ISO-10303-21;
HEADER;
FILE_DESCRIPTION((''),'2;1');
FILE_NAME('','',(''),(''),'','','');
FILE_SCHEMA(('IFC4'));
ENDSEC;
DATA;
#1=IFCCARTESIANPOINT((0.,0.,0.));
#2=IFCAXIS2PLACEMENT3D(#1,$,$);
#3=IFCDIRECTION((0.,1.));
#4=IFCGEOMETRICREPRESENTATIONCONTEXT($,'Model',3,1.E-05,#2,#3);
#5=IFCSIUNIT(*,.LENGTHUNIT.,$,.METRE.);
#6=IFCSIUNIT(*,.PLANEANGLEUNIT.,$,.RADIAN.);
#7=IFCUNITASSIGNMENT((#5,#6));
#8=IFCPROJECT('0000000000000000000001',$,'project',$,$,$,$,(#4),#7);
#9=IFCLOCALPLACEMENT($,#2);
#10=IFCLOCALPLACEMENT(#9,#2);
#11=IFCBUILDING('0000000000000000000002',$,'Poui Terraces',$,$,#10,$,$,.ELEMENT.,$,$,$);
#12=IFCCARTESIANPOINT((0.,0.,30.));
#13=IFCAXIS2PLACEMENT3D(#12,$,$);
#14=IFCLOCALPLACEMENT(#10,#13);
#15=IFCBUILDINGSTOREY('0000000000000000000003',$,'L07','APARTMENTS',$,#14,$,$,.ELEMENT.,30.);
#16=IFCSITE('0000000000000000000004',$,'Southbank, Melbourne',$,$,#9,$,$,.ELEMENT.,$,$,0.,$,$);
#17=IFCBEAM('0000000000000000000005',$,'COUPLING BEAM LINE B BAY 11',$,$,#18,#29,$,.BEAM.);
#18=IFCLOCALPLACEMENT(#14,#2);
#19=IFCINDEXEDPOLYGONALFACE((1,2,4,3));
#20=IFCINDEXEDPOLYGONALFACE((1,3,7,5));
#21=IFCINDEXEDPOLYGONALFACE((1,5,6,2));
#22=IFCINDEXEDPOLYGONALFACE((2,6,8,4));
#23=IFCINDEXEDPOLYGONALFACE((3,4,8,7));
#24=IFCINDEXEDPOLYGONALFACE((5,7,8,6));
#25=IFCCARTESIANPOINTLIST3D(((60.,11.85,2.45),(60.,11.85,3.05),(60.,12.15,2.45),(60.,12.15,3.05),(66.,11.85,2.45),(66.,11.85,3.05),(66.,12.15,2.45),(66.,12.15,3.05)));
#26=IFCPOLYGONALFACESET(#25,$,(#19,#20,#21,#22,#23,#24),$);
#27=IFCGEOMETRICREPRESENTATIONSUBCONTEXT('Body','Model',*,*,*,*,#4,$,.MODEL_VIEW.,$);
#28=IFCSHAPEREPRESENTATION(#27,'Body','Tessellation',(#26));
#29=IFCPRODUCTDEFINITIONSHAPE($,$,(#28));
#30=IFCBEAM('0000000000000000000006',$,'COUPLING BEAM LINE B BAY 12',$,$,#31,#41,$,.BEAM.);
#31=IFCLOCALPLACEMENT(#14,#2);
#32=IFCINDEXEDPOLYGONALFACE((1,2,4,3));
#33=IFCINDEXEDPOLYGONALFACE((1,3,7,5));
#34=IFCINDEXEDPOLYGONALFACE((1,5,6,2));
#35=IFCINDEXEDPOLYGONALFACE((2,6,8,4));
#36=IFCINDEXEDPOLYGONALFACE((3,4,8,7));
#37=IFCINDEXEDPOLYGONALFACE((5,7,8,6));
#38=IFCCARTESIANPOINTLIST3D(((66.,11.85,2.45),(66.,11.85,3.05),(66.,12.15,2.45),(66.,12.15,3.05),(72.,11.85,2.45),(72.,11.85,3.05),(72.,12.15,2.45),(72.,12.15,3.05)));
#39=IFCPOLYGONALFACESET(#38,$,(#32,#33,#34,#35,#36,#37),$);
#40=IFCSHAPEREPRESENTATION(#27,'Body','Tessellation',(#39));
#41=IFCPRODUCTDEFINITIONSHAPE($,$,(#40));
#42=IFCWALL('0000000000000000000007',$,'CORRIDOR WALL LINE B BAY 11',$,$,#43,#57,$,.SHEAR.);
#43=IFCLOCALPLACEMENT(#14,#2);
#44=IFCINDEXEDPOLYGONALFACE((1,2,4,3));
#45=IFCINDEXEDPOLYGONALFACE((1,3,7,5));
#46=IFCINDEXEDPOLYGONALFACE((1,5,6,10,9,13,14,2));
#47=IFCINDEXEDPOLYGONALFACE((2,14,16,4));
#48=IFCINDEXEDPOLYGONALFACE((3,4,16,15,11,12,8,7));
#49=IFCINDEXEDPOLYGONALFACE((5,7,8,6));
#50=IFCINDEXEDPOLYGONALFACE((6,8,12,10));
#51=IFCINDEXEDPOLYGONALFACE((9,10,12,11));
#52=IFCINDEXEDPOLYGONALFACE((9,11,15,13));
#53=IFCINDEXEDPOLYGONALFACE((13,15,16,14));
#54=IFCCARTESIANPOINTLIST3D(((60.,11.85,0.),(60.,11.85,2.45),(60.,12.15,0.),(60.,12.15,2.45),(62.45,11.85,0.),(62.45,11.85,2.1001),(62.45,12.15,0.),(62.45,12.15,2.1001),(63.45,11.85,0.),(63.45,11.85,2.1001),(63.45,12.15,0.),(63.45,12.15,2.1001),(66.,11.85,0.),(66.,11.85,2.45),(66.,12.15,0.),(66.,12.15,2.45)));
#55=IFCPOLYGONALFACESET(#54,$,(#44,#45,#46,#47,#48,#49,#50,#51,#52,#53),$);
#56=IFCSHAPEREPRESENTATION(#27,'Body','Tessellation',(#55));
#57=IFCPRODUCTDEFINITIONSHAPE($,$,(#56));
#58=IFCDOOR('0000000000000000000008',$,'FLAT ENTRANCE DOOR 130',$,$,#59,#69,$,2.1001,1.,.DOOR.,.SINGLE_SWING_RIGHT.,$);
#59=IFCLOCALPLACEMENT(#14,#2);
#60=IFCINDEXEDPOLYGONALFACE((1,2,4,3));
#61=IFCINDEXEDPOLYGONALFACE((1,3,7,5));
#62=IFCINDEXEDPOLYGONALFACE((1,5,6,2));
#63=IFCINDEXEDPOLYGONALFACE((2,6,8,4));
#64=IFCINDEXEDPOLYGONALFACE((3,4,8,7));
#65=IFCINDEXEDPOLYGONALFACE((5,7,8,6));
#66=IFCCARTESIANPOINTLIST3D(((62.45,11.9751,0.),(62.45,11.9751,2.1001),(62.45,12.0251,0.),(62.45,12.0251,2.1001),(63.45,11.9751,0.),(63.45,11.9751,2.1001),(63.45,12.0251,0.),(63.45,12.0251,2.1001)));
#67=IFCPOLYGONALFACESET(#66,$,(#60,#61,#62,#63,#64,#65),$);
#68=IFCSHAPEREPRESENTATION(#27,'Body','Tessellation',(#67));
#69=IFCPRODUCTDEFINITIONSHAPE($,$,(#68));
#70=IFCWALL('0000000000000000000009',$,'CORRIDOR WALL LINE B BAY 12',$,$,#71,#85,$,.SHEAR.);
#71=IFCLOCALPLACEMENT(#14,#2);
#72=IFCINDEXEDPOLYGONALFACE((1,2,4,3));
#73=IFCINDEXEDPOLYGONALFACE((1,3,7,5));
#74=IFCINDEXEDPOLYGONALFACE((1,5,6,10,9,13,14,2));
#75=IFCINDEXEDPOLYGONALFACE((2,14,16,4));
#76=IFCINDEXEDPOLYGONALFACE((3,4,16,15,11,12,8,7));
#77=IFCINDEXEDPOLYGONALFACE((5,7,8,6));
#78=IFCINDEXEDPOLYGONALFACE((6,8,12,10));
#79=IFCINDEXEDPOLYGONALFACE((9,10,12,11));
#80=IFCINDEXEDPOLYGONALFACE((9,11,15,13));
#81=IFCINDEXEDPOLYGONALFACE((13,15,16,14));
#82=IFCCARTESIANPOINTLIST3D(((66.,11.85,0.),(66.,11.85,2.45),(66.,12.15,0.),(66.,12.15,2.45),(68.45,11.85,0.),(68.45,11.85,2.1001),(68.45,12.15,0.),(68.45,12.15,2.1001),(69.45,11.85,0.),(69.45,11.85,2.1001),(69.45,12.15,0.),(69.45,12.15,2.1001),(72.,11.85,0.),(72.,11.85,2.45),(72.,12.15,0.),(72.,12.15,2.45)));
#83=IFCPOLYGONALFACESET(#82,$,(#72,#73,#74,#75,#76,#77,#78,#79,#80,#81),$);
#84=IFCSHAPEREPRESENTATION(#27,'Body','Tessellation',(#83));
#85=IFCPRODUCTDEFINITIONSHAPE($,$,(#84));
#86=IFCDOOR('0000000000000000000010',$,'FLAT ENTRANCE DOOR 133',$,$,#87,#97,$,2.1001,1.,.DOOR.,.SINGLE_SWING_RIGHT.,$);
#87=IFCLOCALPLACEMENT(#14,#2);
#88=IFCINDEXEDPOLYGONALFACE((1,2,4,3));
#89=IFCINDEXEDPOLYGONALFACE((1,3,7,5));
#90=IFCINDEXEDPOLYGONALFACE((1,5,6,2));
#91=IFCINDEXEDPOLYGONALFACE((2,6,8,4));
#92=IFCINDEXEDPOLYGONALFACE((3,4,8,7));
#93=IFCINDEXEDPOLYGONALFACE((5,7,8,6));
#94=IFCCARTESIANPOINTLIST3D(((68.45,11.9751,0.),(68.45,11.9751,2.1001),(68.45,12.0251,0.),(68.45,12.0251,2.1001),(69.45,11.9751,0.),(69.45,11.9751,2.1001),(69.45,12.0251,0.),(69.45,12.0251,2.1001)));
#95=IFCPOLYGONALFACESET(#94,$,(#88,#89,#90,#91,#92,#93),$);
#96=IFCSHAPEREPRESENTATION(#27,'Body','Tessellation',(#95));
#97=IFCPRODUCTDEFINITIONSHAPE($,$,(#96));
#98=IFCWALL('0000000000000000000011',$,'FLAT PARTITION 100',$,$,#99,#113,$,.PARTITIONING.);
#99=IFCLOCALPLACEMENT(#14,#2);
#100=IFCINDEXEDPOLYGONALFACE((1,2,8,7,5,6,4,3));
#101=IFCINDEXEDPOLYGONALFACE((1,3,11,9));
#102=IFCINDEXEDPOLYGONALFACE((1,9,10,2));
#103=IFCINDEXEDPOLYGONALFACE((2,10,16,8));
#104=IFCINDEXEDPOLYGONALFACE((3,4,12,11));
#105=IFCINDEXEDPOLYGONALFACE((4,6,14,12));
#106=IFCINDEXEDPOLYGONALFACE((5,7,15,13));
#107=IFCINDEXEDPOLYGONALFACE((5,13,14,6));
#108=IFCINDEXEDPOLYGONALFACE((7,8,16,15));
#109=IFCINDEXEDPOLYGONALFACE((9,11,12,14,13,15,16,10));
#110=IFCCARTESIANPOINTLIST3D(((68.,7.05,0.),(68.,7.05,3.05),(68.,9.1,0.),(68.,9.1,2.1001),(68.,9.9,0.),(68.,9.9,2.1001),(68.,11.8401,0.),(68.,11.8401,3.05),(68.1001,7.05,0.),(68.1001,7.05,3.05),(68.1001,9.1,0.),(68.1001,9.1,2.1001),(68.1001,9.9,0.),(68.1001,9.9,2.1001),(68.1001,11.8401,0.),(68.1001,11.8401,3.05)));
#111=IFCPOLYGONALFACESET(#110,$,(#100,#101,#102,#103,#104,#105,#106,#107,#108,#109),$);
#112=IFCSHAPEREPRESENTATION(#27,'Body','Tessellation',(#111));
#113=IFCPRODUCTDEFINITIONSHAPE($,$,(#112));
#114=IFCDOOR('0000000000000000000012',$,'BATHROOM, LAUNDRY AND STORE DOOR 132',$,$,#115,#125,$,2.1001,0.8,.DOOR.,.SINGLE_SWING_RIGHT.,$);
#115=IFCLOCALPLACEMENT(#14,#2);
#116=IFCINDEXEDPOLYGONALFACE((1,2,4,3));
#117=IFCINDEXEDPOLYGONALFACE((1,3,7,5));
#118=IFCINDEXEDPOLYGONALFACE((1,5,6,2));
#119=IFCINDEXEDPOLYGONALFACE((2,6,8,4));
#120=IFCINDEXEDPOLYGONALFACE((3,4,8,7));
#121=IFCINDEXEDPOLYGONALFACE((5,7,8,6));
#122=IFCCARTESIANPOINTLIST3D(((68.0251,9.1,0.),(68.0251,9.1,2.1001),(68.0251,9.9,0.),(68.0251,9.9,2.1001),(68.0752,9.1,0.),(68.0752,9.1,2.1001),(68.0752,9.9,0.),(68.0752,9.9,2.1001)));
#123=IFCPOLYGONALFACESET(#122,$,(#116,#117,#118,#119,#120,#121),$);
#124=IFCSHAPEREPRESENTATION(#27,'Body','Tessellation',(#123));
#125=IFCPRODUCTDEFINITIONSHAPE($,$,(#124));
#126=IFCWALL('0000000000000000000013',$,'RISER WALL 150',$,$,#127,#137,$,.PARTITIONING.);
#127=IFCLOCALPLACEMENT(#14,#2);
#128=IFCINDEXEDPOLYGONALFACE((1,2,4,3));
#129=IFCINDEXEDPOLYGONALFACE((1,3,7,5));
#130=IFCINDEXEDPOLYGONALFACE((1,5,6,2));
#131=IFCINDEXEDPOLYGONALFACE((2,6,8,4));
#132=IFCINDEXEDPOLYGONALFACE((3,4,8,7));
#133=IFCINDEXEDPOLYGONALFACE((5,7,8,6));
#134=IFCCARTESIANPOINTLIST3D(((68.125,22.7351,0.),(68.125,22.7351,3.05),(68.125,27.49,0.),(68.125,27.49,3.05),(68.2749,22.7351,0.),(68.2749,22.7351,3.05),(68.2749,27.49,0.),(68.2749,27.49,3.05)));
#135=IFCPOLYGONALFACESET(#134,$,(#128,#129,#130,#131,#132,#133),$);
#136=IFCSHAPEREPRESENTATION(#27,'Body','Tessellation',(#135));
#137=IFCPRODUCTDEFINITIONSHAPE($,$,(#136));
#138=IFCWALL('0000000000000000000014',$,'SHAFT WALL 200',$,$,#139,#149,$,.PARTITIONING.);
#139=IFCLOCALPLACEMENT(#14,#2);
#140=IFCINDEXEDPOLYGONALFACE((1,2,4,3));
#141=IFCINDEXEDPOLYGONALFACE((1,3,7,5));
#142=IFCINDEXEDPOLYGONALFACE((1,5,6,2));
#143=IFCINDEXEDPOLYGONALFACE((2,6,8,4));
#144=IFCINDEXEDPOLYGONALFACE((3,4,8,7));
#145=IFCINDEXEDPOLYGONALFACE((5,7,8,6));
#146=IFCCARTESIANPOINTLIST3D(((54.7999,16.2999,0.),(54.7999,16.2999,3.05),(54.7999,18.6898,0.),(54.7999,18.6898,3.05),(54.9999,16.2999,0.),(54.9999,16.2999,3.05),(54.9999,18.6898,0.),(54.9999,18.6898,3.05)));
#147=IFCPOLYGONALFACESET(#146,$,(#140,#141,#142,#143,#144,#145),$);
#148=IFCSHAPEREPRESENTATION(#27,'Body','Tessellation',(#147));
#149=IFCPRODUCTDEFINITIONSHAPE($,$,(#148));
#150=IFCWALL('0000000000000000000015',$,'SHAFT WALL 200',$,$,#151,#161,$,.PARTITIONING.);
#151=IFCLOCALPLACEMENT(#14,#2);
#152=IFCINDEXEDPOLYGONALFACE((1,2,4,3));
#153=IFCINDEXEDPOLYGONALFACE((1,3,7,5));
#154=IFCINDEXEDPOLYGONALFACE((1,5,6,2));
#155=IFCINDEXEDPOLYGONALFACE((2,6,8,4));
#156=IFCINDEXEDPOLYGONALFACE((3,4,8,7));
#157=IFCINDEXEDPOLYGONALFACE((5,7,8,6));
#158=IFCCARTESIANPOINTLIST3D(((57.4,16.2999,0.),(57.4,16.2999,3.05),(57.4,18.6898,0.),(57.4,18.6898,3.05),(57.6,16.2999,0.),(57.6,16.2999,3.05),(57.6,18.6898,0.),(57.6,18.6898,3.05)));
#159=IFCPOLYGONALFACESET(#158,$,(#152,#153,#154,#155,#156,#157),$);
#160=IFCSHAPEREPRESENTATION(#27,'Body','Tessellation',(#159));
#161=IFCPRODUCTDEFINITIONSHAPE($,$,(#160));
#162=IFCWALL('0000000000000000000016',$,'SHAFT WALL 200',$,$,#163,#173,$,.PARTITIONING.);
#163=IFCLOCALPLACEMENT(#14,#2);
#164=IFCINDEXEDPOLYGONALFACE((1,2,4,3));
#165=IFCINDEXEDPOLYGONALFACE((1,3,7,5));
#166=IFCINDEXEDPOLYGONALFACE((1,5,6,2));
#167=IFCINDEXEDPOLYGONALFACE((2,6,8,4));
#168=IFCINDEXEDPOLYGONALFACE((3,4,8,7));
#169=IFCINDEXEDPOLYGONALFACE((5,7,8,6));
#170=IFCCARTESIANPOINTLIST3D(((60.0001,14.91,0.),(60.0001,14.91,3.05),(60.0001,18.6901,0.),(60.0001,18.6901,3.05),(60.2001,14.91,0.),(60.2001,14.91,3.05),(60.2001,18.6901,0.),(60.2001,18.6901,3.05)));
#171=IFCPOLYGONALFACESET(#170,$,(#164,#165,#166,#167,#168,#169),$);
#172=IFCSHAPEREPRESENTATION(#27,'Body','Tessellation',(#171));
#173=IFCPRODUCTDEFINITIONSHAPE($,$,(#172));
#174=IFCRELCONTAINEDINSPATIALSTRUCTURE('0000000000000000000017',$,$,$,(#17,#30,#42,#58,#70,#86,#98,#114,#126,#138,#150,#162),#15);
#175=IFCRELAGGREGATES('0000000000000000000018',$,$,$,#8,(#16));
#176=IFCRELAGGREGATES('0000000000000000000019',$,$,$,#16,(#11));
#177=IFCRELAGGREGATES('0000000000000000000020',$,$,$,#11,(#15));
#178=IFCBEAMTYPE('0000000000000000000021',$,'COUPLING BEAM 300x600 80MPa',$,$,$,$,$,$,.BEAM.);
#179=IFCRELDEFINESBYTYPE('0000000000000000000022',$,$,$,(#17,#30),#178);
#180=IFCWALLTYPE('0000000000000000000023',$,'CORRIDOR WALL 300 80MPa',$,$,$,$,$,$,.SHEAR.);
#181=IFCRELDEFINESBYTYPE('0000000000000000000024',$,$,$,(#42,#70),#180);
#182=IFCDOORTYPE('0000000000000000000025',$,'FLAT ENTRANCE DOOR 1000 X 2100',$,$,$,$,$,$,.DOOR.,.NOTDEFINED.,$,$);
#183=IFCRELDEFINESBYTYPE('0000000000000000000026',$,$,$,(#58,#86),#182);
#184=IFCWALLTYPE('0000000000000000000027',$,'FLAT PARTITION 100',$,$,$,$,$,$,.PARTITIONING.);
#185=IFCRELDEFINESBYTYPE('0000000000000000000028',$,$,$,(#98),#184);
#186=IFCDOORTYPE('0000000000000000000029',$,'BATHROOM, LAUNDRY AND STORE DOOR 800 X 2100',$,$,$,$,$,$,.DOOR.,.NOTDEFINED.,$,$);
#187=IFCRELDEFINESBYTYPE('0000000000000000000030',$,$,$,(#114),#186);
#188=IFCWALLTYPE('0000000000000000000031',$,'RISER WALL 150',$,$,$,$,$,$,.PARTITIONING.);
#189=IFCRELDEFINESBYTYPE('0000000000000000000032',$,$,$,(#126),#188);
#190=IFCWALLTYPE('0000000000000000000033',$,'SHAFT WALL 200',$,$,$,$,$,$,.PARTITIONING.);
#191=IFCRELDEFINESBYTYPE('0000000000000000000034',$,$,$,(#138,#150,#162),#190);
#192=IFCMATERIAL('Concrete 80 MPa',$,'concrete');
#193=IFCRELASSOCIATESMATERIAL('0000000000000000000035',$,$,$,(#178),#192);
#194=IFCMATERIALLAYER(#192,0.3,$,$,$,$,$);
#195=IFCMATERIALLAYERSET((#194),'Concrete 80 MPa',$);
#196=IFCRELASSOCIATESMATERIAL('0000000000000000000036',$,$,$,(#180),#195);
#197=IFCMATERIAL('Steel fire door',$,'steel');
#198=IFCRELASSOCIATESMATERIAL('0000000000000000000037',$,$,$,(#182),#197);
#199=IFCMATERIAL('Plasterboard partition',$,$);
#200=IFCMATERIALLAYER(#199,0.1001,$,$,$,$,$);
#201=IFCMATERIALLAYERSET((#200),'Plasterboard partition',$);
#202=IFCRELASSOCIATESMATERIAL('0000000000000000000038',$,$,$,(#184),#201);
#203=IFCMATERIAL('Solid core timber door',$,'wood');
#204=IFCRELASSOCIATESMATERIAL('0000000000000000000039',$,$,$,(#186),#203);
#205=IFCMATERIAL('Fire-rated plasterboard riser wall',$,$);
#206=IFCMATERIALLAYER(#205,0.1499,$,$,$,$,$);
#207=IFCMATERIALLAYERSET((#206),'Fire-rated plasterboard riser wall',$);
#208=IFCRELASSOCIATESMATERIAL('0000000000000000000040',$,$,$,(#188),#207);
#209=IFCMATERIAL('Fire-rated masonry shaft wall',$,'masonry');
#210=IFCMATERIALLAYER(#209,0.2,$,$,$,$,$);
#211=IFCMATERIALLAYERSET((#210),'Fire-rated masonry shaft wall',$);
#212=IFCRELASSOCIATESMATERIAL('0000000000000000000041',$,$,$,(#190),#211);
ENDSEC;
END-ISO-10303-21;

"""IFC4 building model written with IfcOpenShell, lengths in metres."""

from ifc_helpers import new_model, si_unit, direction, frame, frame_2d, origin, origin_2d, place, context, subcontext, project, spatial, rectangle, extrude, source, transform, mapped, material, layer, layer_set, material_profile, profile_set, type_object, element, fill, save


model = new_model("IFC4")

# Units and contexts
model_context = context("Model", 3, precision=1e-05, world=origin(), true_north=direction((0.0, 1.0)))
body_context = subcontext(model_context, "Body", "Model", "MODEL_VIEW")
ifc_project = project(units=[si_unit("LENGTHUNIT", "METRE"), si_unit("PLANEANGLEUNIT", "RADIAN")], contexts=[model_context])

# Site, building, storey
site_placement = place(None, origin())
site = spatial("IfcSite", under=ifc_project, at=site_placement, Name="Southbank, Melbourne", CompositionType="ELEMENT", RefElevation=0.0)
building_placement = place(site_placement, origin())
building = spatial("IfcBuilding", under=site, at=building_placement, Name="Poui Terraces", CompositionType="ELEMENT")
storey_placement = place(building_placement, frame((0.0, 0.0, 30.0)))
storey = spatial("IfcBuildingStorey", under=building, at=storey_placement, Name="L07", Description="APARTMENTS", CompositionType="ELEMENT", Elevation=30.0)

# Beams
ifc_material_1 = material(Name="Concrete 80 MPa", Category="concrete")
ifc_material_profile = material_profile(ifc_material_1, rectangle(XDim=0.3, YDim=0.6001, at=origin_2d()), Name="RC 300x600")
ifc_profile_set = profile_set([ifc_material_profile], Name="Concrete 80 MPa")
beam_type = type_object("IfcBeamType", Name="COUPLING BEAM 300x600 80MPa", PredefinedType="BEAM", material=ifc_profile_set)
shared_shape = source(origin(), body_context, "Body", "SweptSolid", [
    extrude(rectangle(XDim=0.3, YDim=0.6001, at=origin_2d()), origin(), (0.0, 0.0, 1.0), 6.0),
])
for number, where, z_axis, x_axis, name in (
    (1, (60.0, 12.0, 2.75), (1.0, 0.0, 0.0), (0.0, 1.0, 0.0), "COUPLING BEAM LINE B BAY 11"),
    (2, (66.0, 12.0, 2.75), (1.0, 0.0, 0.0), (0.0, 1.0, 0.0), "COUPLING BEAM LINE B BAY 12"),
):
    element("IfcBeam", number, at=place(storey_placement, frame(where, z_axis=z_axis, x_axis=x_axis)), inside=storey, type_object=beam_type, Name=name, PredefinedType="BEAM", context=body_context, shape_type="MappedRepresentation", body=[
        mapped(shared_shape, transform((0.0, 0.0, 0.0))),
    ])

# Walls, openings, doors
ifc_layer_1 = layer(ifc_material_1, 0.3)
ifc_layer_set_1 = layer_set([ifc_layer_1], Name="Concrete 80 MPa")
wall_type_1 = type_object("IfcWallType", Name="CORRIDOR WALL 300 80MPa", PredefinedType="SHEAR", material=ifc_layer_set_1)
wall_1_placement = place(storey_placement, frame((60.0, 12.0, 0.0), z_axis=(0.0, 0.0, 1.0), x_axis=(1.0, 0.0, 0.0)))
wall_1 = element("IfcWall", 3, at=wall_1_placement, inside=storey, type_object=wall_type_1, Name="CORRIDOR WALL LINE B BAY 11", PredefinedType="SHEAR", context=body_context, shape_type="SweptSolid", body=[
    extrude(rectangle(XDim=6.0, YDim=0.3, at=frame_2d((3.0, 0.0))), origin(), (0.0, 0.0, 1.0), 2.45),
])
opening_1_placement = place(wall_1_placement, frame((2.45, 0.0, 0.0)))
opening_1 = element("IfcOpeningElement", 4, at=opening_1_placement, cuts=wall_1, PredefinedType="OPENING", context=body_context, shape_type="SweptSolid", body=[
    extrude(rectangle(XDim=1.0, YDim=2.1001, at=frame_2d((0.5, 1.05))), frame((0.0, 0.1602, 0.0), z_axis=(0.0, -1.0, 0.0), x_axis=(1.0, 0.0, 0.0)), (0.0, 0.0, 1.0), 0.3201),
])
ifc_material_2 = material(Name="Steel fire door", Category="steel")
door_type_1 = type_object("IfcDoorType", Name="FLAT ENTRANCE DOOR 1000 X 2100", OperationType="NOTDEFINED", PredefinedType="DOOR", material=ifc_material_2)
door_1_placement = place(opening_1_placement, frame((1.0, 0.0, 0.0), z_axis=(0.0, 0.0, 1.0), x_axis=(-1.0, 0.0, 0.0)))
door_1 = element("IfcDoor", 5, at=door_1_placement, inside=storey, type_object=door_type_1, Name="FLAT ENTRANCE DOOR 130", OperationType="SINGLE_SWING_RIGHT", OverallHeight=2.1001, OverallWidth=1.0, PredefinedType="DOOR", context=body_context, shape_type="SweptSolid", body=[
    extrude(rectangle(XDim=1.0, YDim=2.1001, at=frame_2d((0.5, 1.05))), frame((0.0, 0.0249, 0.0), z_axis=(0.0, -1.0, 0.0), x_axis=(1.0, 0.0, 0.0)), (0.0, 0.0, 1.0), 0.05),
])
fill(opening_1, door_1)
wall_2_placement = place(storey_placement, frame((66.0, 12.0, 0.0), z_axis=(0.0, 0.0, 1.0), x_axis=(1.0, 0.0, 0.0)))
wall_2 = element("IfcWall", 6, at=wall_2_placement, inside=storey, type_object=wall_type_1, Name="CORRIDOR WALL LINE B BAY 12", PredefinedType="SHEAR", context=body_context, shape_type="SweptSolid", body=[
    extrude(rectangle(XDim=6.0, YDim=0.3, at=frame_2d((3.0, 0.0))), origin(), (0.0, 0.0, 1.0), 2.45),
])
opening_2_placement = place(wall_2_placement, frame((2.45, 0.0, 0.0)))
opening_2 = element("IfcOpeningElement", 7, at=opening_2_placement, cuts=wall_2, PredefinedType="OPENING", context=body_context, shape_type="SweptSolid", body=[
    extrude(rectangle(XDim=1.0, YDim=2.1001, at=frame_2d((0.5, 1.05))), frame((0.0, 0.1602, 0.0), z_axis=(0.0, -1.0, 0.0), x_axis=(1.0, 0.0, 0.0)), (0.0, 0.0, 1.0), 0.3201),
])
door_2_placement = place(opening_2_placement, frame((1.0, 0.0, 0.0), z_axis=(0.0, 0.0, 1.0), x_axis=(-1.0, 0.0, 0.0)))
door_2 = element("IfcDoor", 8, at=door_2_placement, inside=storey, type_object=door_type_1, Name="FLAT ENTRANCE DOOR 133", OperationType="SINGLE_SWING_RIGHT", OverallHeight=2.1001, OverallWidth=1.0, PredefinedType="DOOR", context=body_context, shape_type="SweptSolid", body=[
    extrude(rectangle(XDim=1.0, YDim=2.1001, at=frame_2d((0.5, 1.05))), frame((0.0, 0.0249, 0.0), z_axis=(0.0, -1.0, 0.0), x_axis=(1.0, 0.0, 0.0)), (0.0, 0.0, 1.0), 0.05),
])
fill(opening_2, door_2)
ifc_material_3 = material(Name="Plasterboard partition")
ifc_layer_2 = layer(ifc_material_3, 0.1001)
ifc_layer_set_2 = layer_set([ifc_layer_2], Name="Plasterboard partition")
wall_type_2 = type_object("IfcWallType", Name="FLAT PARTITION 100", PredefinedType="PARTITIONING", material=ifc_layer_set_2)
wall_3_placement = place(storey_placement, frame((68.05, 7.05, 0.0), z_axis=(0.0, 0.0, 1.0), x_axis=(0.0, 1.0, 0.0)))
wall_3 = element("IfcWall", 9, at=wall_3_placement, inside=storey, type_object=wall_type_2, Name="FLAT PARTITION 100", PredefinedType="PARTITIONING", context=body_context, shape_type="SweptSolid", body=[
    extrude(rectangle(XDim=4.79, YDim=0.1001, at=frame_2d((2.395, 0.0))), origin(), (0.0, 0.0, 1.0), 3.05),
])
opening_3_placement = place(wall_3_placement, frame((2.05, 0.0, 0.0)))
opening_3 = element("IfcOpeningElement", 10, at=opening_3_placement, cuts=wall_3, PredefinedType="OPENING", context=body_context, shape_type="SweptSolid", body=[
    extrude(rectangle(XDim=0.8, YDim=2.1001, at=frame_2d((0.3999, 1.05))), frame((0.0, 0.0601, 0.0), z_axis=(0.0, -1.0, 0.0), x_axis=(1.0, 0.0, 0.0)), (0.0, 0.0, 1.0), 0.1201),
])
ifc_material_4 = material(Name="Solid core timber door", Category="wood")
door_type_2 = type_object("IfcDoorType", Name="BATHROOM, LAUNDRY AND STORE DOOR 800 X 2100", OperationType="NOTDEFINED", PredefinedType="DOOR", material=ifc_material_4)
door_3_placement = place(opening_3_placement, origin())
door_3 = element("IfcDoor", 11, at=door_3_placement, inside=storey, type_object=door_type_2, Name="BATHROOM, LAUNDRY AND STORE DOOR 132", OperationType="SINGLE_SWING_RIGHT", OverallHeight=2.1001, OverallWidth=0.8, PredefinedType="DOOR", context=body_context, shape_type="SweptSolid", body=[
    extrude(rectangle(XDim=0.8, YDim=2.1001, at=frame_2d((0.3999, 1.05))), frame((0.0, 0.0249, 0.0), z_axis=(0.0, -1.0, 0.0), x_axis=(1.0, 0.0, 0.0)), (0.0, 0.0, 1.0), 0.05),
])
fill(opening_3, door_3)

# Walls
ifc_material_5 = material(Name="Fire-rated plasterboard riser wall")
ifc_layer_3 = layer(ifc_material_5, 0.1499)
ifc_layer_set_3 = layer_set([ifc_layer_3], Name="Fire-rated plasterboard riser wall")
wall_type_3 = type_object("IfcWallType", Name="RISER WALL 150", PredefinedType="PARTITIONING", material=ifc_layer_set_3)
wall_4_placement = place(storey_placement, frame((68.2, 22.7351, 0.0), z_axis=(0.0, 0.0, 1.0), x_axis=(0.0, 1.0, 0.0)))
element("IfcWall", 12, at=wall_4_placement, inside=storey, type_object=wall_type_3, Name="RISER WALL 150", PredefinedType="PARTITIONING", context=body_context, shape_type="SweptSolid", body=[
    extrude(rectangle(XDim=4.7549, YDim=0.1499, at=frame_2d((2.3774, 0.0))), origin(), (0.0, 0.0, 1.0), 3.05),
])
ifc_material_6 = material(Name="Fire-rated masonry shaft wall", Category="masonry")
ifc_layer_4 = layer(ifc_material_6, 0.2)
ifc_layer_set_4 = layer_set([ifc_layer_4], Name="Fire-rated masonry shaft wall")
wall_type_4 = type_object("IfcWallType", Name="SHAFT WALL 200", PredefinedType="PARTITIONING", material=ifc_layer_set_4)
for number, where, z_axis, x_axis, name in (
    (13, (54.8999, 16.3, 0.0), (0.0, 0.0, 1.0), (0.0, 1.0, 0.0), "SHAFT WALL 200"),
    (14, (57.5, 16.3, 0.0), (0.0, 0.0, 1.0), (0.0, 1.0, 0.0), "SHAFT WALL 200"),
):
    element("IfcWall", number, at=place(storey_placement, frame(where, z_axis=z_axis, x_axis=x_axis)), inside=storey, type_object=wall_type_4, Name=name, PredefinedType="PARTITIONING", context=body_context, shape_type="SweptSolid", body=[
        extrude(rectangle(XDim=2.3899, YDim=0.2, at=frame_2d((1.1948, 0.0))), origin(), (0.0, 0.0, 1.0), 3.05),
    ])
wall_5_placement = place(storey_placement, frame((60.1001, 14.9099, 0.0), z_axis=(0.0, 0.0, 1.0), x_axis=(0.0, 1.0, 0.0)))
element("IfcWall", 15, at=wall_5_placement, inside=storey, type_object=wall_type_4, Name="SHAFT WALL 200", PredefinedType="PARTITIONING", context=body_context, shape_type="SweptSolid", body=[
    extrude(rectangle(XDim=3.78, YDim=0.2, at=frame_2d((1.8901, 0.0))), origin(), (0.0, 0.0, 1.0), 3.05),
])

save(model, "model.ifc")
